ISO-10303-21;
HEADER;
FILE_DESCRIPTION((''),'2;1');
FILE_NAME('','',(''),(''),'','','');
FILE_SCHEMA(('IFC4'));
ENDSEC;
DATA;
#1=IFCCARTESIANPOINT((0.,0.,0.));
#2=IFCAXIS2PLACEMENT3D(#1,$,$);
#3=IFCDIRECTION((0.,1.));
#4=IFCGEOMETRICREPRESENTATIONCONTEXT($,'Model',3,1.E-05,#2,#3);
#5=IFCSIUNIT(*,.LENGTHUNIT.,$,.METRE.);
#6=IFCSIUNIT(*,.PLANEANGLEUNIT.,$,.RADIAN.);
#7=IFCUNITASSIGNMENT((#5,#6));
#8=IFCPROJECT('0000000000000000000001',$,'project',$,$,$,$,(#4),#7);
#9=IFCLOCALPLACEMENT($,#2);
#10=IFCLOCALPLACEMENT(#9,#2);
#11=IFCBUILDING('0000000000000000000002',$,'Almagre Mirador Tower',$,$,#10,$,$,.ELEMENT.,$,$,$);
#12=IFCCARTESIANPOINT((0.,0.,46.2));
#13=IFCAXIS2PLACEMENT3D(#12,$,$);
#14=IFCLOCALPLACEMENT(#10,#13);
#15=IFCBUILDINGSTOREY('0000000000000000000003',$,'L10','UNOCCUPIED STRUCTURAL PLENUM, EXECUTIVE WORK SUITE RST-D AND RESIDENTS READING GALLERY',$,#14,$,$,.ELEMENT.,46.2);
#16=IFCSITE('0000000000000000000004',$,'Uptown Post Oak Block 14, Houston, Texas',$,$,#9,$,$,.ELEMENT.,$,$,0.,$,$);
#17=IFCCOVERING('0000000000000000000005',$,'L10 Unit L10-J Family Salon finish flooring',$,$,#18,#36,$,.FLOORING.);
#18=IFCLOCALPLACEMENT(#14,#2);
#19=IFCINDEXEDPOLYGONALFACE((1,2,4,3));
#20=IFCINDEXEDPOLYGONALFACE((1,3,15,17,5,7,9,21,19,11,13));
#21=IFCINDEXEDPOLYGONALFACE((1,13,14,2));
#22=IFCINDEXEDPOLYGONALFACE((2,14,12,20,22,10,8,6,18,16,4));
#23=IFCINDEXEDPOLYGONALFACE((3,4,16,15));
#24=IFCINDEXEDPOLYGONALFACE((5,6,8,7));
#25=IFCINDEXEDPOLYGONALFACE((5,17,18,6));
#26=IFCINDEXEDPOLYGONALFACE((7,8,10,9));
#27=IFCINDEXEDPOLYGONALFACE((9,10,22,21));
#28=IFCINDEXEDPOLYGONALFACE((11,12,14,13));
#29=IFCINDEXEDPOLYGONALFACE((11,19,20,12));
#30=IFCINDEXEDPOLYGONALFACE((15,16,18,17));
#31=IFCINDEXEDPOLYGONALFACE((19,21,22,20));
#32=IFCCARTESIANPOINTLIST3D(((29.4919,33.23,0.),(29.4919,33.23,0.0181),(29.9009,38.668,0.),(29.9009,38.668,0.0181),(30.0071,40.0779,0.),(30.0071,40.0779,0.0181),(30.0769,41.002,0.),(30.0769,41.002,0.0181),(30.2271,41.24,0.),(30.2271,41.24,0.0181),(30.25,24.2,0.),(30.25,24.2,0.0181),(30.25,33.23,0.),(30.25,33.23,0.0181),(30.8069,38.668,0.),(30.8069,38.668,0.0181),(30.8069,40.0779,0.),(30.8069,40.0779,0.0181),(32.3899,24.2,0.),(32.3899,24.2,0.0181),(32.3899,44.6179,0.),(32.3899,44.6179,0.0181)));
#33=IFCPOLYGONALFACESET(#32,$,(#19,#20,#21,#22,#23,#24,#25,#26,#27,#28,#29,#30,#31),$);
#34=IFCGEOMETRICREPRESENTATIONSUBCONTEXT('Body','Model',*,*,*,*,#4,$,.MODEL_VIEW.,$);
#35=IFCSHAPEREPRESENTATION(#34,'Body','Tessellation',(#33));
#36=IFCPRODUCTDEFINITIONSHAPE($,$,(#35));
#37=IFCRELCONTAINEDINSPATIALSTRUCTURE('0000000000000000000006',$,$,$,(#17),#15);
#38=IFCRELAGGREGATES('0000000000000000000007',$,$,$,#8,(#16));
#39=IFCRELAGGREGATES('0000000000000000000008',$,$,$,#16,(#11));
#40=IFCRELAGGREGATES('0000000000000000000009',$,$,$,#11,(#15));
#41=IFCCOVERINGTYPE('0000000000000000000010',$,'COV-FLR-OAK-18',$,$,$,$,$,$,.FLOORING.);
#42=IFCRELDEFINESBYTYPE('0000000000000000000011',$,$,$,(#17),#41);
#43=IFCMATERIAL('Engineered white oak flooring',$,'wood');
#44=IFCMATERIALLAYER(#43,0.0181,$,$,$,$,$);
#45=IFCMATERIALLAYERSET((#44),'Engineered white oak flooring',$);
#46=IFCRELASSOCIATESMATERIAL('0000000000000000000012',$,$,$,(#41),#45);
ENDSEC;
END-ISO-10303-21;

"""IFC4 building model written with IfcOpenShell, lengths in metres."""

from ifc_helpers import new_model, si_unit, direction, frame, origin, place, context, subcontext, project, spatial, polyline, outline, extrude, material, layer, layer_set, type_object, element, save


model = new_model("IFC4")

# Units and contexts
model_context = context("Model", 3, precision=1e-05, world=origin(), true_north=direction((0.0, 1.0)))
body_context = subcontext(model_context, "Body", "Model", "MODEL_VIEW")
ifc_project = project(units=[si_unit("LENGTHUNIT", "METRE"), si_unit("PLANEANGLEUNIT", "RADIAN")], contexts=[model_context])

# Site, building, storey
site_placement = place(None, origin())
site = spatial("IfcSite", under=ifc_project, at=site_placement, Name="Uptown Post Oak Block 14, Houston, Texas", CompositionType="ELEMENT", RefElevation=0.0)
building_placement = place(site_placement, origin())
building = spatial("IfcBuilding", under=site, at=building_placement, Name="Almagre Mirador Tower", CompositionType="ELEMENT")
storey_placement = place(building_placement, frame((0.0, 0.0, 46.2)))
storey = spatial("IfcBuildingStorey", under=building, at=storey_placement, Name="L10", Description="UNOCCUPIED STRUCTURAL PLENUM, EXECUTIVE WORK SUITE RST-D AND RESIDENTS READING GALLERY", CompositionType="ELEMENT", Elevation=46.2)

# Covering
ifc_material_1 = material(Name="Engineered white oak flooring", Category="wood")
ifc_layer_1 = layer(ifc_material_1, 0.0181)
ifc_layer_set_1 = layer_set([ifc_layer_1], Name="Engineered white oak flooring")
covering_type = type_object("IfcCoveringType", Name="COV-FLR-OAK-18", PredefinedType="FLOORING", material=ifc_layer_set_1)
covering_1_placement = place(storey_placement, origin())
element("IfcCovering", 1, at=covering_1_placement, inside=storey, type_object=covering_type, Name="L10 Unit L10-J Family Salon finish flooring", PredefinedType="FLOORING", context=body_context, shape_type="SweptSolid", body=[
    extrude(outline(polyline([(29.4919, 33.23), (29.9009, 38.668), (30.8069, 38.668), (30.8069, 40.0779), (30.0071, 40.0779), (30.0769, 41.002), (30.2271, 41.24), (32.3899, 44.6179), (32.3899, 24.2), (30.25, 24.2), (30.25, 33.23), (29.4919, 33.23)])), origin(), (0.0, 0.0, 1.0), 0.0181),
])

save(model, "model.ifc")
